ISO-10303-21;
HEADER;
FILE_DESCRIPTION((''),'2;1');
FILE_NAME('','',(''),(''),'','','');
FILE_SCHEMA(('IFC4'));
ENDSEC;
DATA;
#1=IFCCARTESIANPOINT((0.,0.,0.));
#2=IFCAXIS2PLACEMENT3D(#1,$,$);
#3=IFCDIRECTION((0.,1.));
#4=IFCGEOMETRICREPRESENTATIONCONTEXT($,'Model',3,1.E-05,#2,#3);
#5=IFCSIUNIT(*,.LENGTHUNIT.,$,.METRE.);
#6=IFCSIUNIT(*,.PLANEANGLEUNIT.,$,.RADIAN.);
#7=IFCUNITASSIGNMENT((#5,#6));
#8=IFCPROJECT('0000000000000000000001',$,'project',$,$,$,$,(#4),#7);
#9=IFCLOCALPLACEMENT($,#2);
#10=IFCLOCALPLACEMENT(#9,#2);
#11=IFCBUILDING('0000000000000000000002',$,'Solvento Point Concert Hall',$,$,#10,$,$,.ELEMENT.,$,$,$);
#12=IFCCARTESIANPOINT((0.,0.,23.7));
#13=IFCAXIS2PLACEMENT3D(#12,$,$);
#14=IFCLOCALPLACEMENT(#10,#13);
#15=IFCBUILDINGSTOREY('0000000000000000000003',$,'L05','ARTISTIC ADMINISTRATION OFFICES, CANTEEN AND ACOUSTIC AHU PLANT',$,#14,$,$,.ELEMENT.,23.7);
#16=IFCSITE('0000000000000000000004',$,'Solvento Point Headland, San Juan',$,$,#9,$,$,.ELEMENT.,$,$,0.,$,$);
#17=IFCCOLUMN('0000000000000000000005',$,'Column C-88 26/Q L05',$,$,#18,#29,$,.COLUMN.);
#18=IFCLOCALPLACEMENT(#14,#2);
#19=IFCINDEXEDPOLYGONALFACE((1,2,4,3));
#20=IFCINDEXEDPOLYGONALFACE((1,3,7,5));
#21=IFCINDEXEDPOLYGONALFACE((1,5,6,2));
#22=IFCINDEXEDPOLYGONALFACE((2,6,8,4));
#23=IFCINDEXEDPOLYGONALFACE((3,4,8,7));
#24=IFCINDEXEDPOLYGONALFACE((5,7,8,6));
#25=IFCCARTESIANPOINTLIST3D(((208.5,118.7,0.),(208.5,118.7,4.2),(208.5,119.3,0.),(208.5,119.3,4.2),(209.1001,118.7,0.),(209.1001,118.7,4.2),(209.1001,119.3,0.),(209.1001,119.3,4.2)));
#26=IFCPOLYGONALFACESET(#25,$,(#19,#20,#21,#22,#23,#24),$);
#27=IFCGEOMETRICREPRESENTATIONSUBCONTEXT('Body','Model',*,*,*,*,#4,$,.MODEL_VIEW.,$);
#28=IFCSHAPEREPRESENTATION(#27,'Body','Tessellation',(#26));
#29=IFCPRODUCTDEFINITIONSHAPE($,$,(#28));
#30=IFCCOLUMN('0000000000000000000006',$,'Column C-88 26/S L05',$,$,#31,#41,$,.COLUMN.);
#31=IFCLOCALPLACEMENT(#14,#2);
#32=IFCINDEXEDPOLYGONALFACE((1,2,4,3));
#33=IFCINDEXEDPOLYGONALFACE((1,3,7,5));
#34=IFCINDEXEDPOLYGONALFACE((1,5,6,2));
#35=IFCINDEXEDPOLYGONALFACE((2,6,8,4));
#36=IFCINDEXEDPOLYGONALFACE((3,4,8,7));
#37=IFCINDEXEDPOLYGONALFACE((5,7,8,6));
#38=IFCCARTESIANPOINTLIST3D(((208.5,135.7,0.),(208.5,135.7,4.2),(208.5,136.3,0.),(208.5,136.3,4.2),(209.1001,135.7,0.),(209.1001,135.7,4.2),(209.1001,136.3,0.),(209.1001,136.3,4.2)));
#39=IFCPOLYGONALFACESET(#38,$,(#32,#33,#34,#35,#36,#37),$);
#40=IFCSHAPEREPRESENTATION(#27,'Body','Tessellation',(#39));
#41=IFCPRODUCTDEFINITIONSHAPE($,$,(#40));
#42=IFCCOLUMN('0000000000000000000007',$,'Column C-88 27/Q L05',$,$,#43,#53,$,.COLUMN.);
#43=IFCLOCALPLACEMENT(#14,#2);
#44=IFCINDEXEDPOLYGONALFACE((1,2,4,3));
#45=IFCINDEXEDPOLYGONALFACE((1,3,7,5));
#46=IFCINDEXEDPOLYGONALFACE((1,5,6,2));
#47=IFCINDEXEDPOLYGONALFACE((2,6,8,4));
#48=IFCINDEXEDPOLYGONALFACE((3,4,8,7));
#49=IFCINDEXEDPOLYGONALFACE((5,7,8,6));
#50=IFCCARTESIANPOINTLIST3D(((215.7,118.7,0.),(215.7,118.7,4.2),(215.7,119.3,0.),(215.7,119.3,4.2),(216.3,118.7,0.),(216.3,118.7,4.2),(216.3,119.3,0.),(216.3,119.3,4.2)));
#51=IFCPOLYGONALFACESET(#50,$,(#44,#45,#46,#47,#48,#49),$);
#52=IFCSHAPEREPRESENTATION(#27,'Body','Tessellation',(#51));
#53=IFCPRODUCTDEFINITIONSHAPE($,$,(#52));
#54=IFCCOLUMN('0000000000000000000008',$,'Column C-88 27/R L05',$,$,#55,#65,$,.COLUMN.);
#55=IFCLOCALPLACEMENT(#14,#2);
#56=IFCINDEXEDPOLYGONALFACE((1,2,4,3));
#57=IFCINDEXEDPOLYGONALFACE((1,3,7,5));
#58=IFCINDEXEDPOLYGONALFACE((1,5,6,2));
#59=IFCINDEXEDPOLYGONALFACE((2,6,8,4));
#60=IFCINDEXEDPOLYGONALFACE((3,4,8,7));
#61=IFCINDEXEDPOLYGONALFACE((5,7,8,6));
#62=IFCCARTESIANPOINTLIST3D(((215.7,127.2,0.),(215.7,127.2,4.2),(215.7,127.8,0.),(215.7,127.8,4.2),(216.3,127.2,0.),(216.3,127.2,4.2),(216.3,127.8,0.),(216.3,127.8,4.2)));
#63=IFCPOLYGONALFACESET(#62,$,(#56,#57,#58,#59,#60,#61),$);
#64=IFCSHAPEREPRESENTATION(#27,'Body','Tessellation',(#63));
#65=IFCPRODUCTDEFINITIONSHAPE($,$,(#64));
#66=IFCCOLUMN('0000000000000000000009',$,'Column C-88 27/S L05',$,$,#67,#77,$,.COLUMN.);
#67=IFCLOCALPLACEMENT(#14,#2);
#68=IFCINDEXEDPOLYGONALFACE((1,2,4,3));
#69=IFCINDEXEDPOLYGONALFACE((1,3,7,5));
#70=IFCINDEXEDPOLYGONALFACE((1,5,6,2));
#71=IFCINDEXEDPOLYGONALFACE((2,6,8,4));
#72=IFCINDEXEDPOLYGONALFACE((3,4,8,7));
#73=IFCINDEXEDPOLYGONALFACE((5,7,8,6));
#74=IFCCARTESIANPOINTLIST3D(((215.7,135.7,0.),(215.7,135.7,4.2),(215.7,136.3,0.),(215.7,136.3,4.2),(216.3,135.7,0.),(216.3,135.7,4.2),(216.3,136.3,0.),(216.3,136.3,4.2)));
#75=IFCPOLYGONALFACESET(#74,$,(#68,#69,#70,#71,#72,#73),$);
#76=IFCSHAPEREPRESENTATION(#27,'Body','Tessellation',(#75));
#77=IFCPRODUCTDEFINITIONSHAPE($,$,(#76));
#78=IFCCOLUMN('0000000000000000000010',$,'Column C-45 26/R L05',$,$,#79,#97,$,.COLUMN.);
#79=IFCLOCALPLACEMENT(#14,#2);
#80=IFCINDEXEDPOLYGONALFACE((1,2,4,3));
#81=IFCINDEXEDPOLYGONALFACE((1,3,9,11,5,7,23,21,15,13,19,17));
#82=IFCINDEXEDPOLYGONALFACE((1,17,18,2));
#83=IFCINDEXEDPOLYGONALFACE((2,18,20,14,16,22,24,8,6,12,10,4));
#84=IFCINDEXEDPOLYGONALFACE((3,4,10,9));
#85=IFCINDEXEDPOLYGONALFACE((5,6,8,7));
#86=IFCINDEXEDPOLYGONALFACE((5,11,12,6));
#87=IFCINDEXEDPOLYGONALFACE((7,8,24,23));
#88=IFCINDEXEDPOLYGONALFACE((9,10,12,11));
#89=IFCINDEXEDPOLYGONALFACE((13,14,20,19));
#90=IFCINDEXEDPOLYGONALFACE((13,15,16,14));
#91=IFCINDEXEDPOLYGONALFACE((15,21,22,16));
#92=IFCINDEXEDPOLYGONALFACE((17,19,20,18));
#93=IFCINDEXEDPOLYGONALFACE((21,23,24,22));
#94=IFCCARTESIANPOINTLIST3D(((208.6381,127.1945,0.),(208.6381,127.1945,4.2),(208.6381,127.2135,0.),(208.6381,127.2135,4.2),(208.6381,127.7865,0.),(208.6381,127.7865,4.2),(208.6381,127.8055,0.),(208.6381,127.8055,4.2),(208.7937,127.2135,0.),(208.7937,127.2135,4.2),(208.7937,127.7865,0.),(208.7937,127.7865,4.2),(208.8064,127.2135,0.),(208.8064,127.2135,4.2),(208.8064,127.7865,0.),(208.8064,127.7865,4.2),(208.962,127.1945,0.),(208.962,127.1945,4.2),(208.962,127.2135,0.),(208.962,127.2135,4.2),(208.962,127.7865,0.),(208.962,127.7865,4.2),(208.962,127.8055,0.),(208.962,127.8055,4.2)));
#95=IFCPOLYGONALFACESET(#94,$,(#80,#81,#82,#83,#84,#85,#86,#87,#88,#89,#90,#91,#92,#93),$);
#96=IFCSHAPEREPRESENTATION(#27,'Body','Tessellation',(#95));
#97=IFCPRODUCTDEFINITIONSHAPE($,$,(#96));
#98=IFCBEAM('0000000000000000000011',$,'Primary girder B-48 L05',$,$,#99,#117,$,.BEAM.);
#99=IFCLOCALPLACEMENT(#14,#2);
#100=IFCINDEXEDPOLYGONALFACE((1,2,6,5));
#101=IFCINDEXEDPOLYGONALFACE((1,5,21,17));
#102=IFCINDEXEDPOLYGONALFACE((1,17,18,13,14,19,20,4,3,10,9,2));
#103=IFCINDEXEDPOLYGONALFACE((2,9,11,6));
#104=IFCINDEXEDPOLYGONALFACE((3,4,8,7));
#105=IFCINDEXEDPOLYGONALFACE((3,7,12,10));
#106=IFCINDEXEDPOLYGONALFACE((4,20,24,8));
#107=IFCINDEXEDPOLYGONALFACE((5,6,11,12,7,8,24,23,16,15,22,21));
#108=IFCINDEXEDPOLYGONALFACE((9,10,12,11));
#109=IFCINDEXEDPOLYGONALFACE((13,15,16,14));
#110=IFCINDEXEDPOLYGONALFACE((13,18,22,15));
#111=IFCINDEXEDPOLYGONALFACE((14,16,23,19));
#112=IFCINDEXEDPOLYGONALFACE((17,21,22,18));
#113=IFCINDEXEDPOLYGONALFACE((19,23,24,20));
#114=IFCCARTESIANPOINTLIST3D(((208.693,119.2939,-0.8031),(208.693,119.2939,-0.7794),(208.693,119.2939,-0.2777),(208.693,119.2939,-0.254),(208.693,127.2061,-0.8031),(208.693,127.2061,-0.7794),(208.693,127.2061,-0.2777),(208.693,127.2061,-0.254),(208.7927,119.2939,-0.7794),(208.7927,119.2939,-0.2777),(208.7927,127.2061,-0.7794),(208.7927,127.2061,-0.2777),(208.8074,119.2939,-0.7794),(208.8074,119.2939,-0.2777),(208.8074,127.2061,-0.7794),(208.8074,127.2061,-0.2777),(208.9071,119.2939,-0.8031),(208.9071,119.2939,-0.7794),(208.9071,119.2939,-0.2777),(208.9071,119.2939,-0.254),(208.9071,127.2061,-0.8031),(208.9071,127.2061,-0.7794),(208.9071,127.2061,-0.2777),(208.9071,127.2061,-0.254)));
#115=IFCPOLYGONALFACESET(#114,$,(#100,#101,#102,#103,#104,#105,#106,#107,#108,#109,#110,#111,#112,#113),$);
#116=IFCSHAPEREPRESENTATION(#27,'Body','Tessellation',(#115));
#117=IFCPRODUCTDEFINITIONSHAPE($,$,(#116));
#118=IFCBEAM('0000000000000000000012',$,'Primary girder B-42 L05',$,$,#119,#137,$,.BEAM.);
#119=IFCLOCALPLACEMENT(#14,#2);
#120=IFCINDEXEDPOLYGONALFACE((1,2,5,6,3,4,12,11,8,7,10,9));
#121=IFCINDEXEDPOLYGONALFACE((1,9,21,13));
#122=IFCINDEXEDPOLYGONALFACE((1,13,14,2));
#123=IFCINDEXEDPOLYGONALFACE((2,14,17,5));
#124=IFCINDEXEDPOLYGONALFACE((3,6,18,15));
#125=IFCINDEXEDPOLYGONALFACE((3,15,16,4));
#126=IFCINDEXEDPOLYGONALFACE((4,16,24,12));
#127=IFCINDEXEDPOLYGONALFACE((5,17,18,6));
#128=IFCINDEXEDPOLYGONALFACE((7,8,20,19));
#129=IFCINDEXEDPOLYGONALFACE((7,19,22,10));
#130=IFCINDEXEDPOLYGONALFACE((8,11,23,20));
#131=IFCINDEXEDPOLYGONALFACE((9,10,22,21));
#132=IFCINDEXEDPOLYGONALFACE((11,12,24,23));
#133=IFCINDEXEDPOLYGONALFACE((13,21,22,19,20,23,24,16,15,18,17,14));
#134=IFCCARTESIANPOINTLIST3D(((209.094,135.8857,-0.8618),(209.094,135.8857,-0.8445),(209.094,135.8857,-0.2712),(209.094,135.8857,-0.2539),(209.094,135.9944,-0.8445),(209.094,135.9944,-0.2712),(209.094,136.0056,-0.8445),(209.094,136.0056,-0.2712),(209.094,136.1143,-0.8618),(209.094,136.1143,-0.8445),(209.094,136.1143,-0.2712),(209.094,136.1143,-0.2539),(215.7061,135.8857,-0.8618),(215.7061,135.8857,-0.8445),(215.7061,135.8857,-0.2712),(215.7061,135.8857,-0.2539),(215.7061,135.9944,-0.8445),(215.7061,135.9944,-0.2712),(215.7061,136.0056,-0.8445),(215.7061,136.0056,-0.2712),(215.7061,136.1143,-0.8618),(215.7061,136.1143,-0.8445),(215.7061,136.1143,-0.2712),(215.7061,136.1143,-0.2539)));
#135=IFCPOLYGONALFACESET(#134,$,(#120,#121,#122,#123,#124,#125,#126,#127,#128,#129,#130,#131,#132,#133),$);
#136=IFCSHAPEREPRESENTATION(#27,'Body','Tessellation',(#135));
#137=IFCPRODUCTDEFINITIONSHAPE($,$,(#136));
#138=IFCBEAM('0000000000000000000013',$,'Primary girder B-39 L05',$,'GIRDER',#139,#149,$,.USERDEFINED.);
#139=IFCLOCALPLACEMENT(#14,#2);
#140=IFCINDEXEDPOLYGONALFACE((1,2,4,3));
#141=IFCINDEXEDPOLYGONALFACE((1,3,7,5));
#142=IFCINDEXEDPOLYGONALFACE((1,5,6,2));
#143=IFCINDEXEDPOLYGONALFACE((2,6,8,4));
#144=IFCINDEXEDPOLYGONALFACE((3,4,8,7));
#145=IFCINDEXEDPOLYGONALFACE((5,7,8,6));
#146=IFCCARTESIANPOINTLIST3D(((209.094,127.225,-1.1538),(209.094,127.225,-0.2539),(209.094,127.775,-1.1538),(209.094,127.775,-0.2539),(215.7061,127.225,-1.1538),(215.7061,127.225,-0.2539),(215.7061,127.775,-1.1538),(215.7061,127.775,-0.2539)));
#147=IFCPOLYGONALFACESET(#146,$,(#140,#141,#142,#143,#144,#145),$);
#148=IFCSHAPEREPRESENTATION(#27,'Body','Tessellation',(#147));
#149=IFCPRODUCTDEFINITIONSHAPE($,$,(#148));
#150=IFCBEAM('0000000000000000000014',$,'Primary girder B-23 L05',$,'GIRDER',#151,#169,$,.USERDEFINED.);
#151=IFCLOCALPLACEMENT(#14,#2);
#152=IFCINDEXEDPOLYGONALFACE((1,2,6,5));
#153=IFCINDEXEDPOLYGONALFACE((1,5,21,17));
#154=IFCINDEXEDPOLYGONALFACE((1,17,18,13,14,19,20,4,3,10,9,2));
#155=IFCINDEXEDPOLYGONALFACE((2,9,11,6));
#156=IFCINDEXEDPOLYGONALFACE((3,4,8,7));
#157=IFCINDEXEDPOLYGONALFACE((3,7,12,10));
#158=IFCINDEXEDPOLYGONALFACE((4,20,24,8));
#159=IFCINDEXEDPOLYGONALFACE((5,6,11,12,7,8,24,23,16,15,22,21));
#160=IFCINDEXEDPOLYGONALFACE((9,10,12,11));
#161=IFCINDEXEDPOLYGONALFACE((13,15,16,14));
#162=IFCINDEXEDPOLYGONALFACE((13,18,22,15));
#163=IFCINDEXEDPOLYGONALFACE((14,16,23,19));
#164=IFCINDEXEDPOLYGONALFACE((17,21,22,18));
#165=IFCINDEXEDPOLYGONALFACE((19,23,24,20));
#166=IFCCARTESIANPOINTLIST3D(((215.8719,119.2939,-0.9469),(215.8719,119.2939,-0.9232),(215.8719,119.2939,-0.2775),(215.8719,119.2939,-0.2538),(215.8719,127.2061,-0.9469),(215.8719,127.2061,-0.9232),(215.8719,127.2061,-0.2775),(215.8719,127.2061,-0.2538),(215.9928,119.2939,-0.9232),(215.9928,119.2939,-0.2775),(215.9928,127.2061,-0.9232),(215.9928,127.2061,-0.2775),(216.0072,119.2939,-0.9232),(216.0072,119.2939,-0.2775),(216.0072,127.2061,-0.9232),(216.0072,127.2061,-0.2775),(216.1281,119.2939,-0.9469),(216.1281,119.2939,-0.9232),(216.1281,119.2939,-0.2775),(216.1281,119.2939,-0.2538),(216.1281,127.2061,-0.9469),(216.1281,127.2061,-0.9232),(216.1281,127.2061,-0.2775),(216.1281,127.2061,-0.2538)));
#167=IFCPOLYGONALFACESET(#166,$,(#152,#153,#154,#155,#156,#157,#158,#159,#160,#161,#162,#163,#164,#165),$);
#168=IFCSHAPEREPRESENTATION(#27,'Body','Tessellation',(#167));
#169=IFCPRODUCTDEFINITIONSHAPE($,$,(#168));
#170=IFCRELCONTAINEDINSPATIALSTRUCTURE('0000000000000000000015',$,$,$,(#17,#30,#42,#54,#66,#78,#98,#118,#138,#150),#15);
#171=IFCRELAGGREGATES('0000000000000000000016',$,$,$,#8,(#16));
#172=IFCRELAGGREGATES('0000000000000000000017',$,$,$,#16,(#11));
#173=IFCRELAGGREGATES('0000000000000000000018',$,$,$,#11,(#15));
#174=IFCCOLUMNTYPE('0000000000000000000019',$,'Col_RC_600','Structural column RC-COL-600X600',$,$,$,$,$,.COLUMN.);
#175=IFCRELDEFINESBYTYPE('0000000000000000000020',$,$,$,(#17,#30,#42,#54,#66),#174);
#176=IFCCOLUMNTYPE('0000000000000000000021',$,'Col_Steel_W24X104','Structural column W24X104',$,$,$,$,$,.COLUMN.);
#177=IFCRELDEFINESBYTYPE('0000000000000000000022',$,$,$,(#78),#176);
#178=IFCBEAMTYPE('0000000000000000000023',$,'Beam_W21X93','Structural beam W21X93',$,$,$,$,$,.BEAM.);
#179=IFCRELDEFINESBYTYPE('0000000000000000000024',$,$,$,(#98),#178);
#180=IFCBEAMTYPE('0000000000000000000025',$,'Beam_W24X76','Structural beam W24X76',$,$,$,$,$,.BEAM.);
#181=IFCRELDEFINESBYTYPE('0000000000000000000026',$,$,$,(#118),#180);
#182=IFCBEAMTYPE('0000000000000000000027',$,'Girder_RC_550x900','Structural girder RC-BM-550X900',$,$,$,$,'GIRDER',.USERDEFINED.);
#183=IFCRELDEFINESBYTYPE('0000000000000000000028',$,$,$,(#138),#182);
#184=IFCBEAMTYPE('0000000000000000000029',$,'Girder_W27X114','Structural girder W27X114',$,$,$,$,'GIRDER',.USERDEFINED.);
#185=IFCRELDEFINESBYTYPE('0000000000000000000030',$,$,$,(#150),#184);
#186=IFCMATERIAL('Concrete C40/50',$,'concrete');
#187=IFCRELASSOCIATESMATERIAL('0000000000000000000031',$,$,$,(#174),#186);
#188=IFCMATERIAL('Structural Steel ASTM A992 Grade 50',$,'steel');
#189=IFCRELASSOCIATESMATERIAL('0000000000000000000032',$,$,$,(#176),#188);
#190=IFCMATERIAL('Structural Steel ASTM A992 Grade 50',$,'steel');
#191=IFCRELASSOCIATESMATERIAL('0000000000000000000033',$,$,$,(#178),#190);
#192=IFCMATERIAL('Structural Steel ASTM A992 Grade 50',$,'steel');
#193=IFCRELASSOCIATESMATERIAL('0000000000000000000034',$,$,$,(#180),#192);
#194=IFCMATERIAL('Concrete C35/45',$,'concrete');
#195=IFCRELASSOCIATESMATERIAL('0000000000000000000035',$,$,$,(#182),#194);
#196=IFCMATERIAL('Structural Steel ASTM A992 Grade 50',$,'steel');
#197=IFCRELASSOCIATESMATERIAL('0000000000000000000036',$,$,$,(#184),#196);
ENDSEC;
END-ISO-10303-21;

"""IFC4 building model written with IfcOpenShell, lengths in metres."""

from ifc_helpers import new_model, si_unit, direction, frame, origin, origin_2d, place, context, subcontext, project, spatial, rectangle, i_section, extrude, material, material_profile, profile_set, type_object, element, save


model = new_model("IFC4")

# Units and contexts
model_context = context("Model", 3, precision=1e-05, world=origin(), true_north=direction((0.0, 1.0)))
body_context = subcontext(model_context, "Body", "Model", "MODEL_VIEW")
ifc_project = project(units=[si_unit("LENGTHUNIT", "METRE"), si_unit("PLANEANGLEUNIT", "RADIAN")], contexts=[model_context])

# Site, building, storey
site_placement = place(None, origin())
site = spatial("IfcSite", under=ifc_project, at=site_placement, Name="Solvento Point Headland, San Juan", CompositionType="ELEMENT", RefElevation=0.0)
building_placement = place(site_placement, origin())
building = spatial("IfcBuilding", under=site, at=building_placement, Name="Solvento Point Concert Hall", CompositionType="ELEMENT")
storey_placement = place(building_placement, frame((0.0, 0.0, 23.7)))
storey = spatial("IfcBuildingStorey", under=building, at=storey_placement, Name="L05", Description="ARTISTIC ADMINISTRATION OFFICES, CANTEEN AND ACOUSTIC AHU PLANT", CompositionType="ELEMENT", Elevation=23.7)

# Columns
ifc_material_1 = material(Name="Concrete C40/50", Category="concrete")
ifc_material_profile_1 = material_profile(ifc_material_1, rectangle(XDim=0.6001, YDim=0.6001, at=origin_2d()), Name="RC-COL-600X600")
ifc_profile_set_1 = profile_set([ifc_material_profile_1], Name="Concrete C40/50")
column_type_1 = type_object("IfcColumnType", Name="Col_RC_600", Description="Structural column RC-COL-600X600", PredefinedType="COLUMN", material=ifc_profile_set_1)
for number, where, z_axis, x_axis, name in (
    (1, (208.8, 119.0, 0.0), (0.0, 0.0, 1.0), (1.0, 0.0, 0.0), "Column C-88 26/Q L05"),
    (2, (208.8, 136.0, 0.0), (0.0, 0.0, 1.0), (1.0, 0.0, 0.0), "Column C-88 26/S L05"),
    (3, (216.0, 119.0, 0.0), (0.0, 0.0, 1.0), (1.0, 0.0, 0.0), "Column C-88 27/Q L05"),
    (4, (216.0, 127.5, 0.0), (0.0, 0.0, 1.0), (1.0, 0.0, 0.0), "Column C-88 27/R L05"),
    (5, (216.0, 136.0, 0.0), (0.0, 0.0, 1.0), (1.0, 0.0, 0.0), "Column C-88 27/S L05"),
):
    element("IfcColumn", number, at=place(storey_placement, frame(where, z_axis=z_axis, x_axis=x_axis)), inside=storey, type_object=column_type_1, Name=name, PredefinedType="COLUMN", context=body_context, shape_type="SweptSolid", body=[
        extrude(rectangle(XDim=0.6001, YDim=0.6001, at=origin_2d()), origin(), (0.0, 0.0, 1.0), 4.2),
    ])
ifc_material_2 = material(Name="Structural Steel ASTM A992 Grade 50", Category="steel")
ifc_material_profile_2 = material_profile(ifc_material_2, i_section(OverallWidth=0.324, OverallDepth=0.6111, WebThickness=0.0127, FlangeThickness=0.019, at=origin_2d()), Name="W24X104")
ifc_profile_set_2 = profile_set([ifc_material_profile_2], Name="Structural Steel ASTM A992 Grade 50")
column_type_2 = type_object("IfcColumnType", Name="Col_Steel_W24X104", Description="Structural column W24X104", PredefinedType="COLUMN", material=ifc_profile_set_2)
column_placement = place(storey_placement, frame((208.8, 127.5, 0.0), z_axis=(0.0, 0.0, 1.0), x_axis=(1.0, 0.0, 0.0)))
element("IfcColumn", 6, at=column_placement, inside=storey, type_object=column_type_2, Name="Column C-45 26/R L05", PredefinedType="COLUMN", context=body_context, shape_type="SweptSolid", body=[
    extrude(i_section(OverallWidth=0.324, OverallDepth=0.6111, WebThickness=0.0127, FlangeThickness=0.019, at=origin_2d()), origin(), (0.0, 0.0, 1.0), 4.2),
])

# Beams
ifc_material_3 = material(Name="Structural Steel ASTM A992 Grade 50", Category="steel")
ifc_material_profile_3 = material_profile(ifc_material_3, i_section(OverallWidth=0.2141, OverallDepth=0.5491, WebThickness=0.0146, FlangeThickness=0.0237, at=origin_2d()), Name="W21X93")
ifc_profile_set_3 = profile_set([ifc_material_profile_3], Name="Structural Steel ASTM A992 Grade 50")
beam_type_1 = type_object("IfcBeamType", Name="Beam_W21X93", Description="Structural beam W21X93", PredefinedType="BEAM", material=ifc_profile_set_3)
beam_1_placement = place(storey_placement, frame((208.8, 119.2939, -0.5286), z_axis=(0.0, 1.0, 0.0), x_axis=(-1.0, 0.0, 0.0)))
element("IfcBeam", 7, at=beam_1_placement, inside=storey, type_object=beam_type_1, Name="Primary girder B-48 L05", PredefinedType="BEAM", context=body_context, shape_type="SweptSolid", body=[
    extrude(i_section(OverallWidth=0.2141, OverallDepth=0.5491, WebThickness=0.0146, FlangeThickness=0.0237, at=origin_2d()), origin(), (0.0, 0.0, 1.0), 7.9121),
])
ifc_material_4 = material(Name="Structural Steel ASTM A992 Grade 50", Category="steel")
ifc_material_profile_4 = material_profile(ifc_material_4, i_section(OverallWidth=0.2285, OverallDepth=0.6079, WebThickness=0.0112, FlangeThickness=0.0173, at=origin_2d()), Name="W24X76")
ifc_profile_set_4 = profile_set([ifc_material_profile_4], Name="Structural Steel ASTM A992 Grade 50")
beam_type_2 = type_object("IfcBeamType", Name="Beam_W24X76", Description="Structural beam W24X76", PredefinedType="BEAM", material=ifc_profile_set_4)
beam_2_placement = place(storey_placement, frame((209.094, 136.0, -0.5579), z_axis=(1.0, 0.0, 0.0), x_axis=(0.0, 1.0, 0.0)))
element("IfcBeam", 8, at=beam_2_placement, inside=storey, type_object=beam_type_2, Name="Primary girder B-42 L05", PredefinedType="BEAM", context=body_context, shape_type="SweptSolid", body=[
    extrude(i_section(OverallWidth=0.2285, OverallDepth=0.6079, WebThickness=0.0112, FlangeThickness=0.0173, at=origin_2d()), origin(), (0.0, 0.0, 1.0), 6.6121),
])
ifc_material_5 = material(Name="Concrete C35/45", Category="concrete")
ifc_material_profile_5 = material_profile(ifc_material_5, rectangle(XDim=0.55, YDim=0.8999, at=origin_2d()), Name="RC-BM-550X900")
ifc_profile_set_5 = profile_set([ifc_material_profile_5], Name="Concrete C35/45")
beam_type_3 = type_object("IfcBeamType", Name="Girder_RC_550x900", Description="Structural girder RC-BM-550X900", ElementType="GIRDER", PredefinedType="USERDEFINED", material=ifc_profile_set_5)
beam_3_placement = place(storey_placement, frame((209.094, 127.5, -0.7039), z_axis=(1.0, 0.0, 0.0), x_axis=(0.0, 1.0, 0.0)))
element("IfcBeam", 9, at=beam_3_placement, inside=storey, type_object=beam_type_3, Name="Primary girder B-39 L05", ObjectType="GIRDER", PredefinedType="USERDEFINED", context=body_context, shape_type="SweptSolid", body=[
    extrude(rectangle(XDim=0.55, YDim=0.8999, at=origin_2d()), origin(), (0.0, 0.0, 1.0), 6.6121),
])
ifc_material_6 = material(Name="Structural Steel ASTM A992 Grade 50", Category="steel")
ifc_material_profile_6 = material_profile(ifc_material_6, i_section(OverallWidth=0.2561, OverallDepth=0.6931, WebThickness=0.0144, FlangeThickness=0.0237, at=origin_2d()), Name="W27X114")
ifc_profile_set_6 = profile_set([ifc_material_profile_6], Name="Structural Steel ASTM A992 Grade 50")
beam_type_4 = type_object("IfcBeamType", Name="Girder_W27X114", Description="Structural girder W27X114", ElementType="GIRDER", PredefinedType="USERDEFINED", material=ifc_profile_set_6)
beam_4_placement = place(storey_placement, frame((216.0, 119.2939, -0.6003), z_axis=(0.0, 1.0, 0.0), x_axis=(-1.0, 0.0, 0.0)))
element("IfcBeam", 10, at=beam_4_placement, inside=storey, type_object=beam_type_4, Name="Primary girder B-23 L05", ObjectType="GIRDER", PredefinedType="USERDEFINED", context=body_context, shape_type="SweptSolid", body=[
    extrude(i_section(OverallWidth=0.2561, OverallDepth=0.6931, WebThickness=0.0144, FlangeThickness=0.0237, at=origin_2d()), origin(), (0.0, 0.0, 1.0), 7.9121),
])

save(model, "model.ifc")
